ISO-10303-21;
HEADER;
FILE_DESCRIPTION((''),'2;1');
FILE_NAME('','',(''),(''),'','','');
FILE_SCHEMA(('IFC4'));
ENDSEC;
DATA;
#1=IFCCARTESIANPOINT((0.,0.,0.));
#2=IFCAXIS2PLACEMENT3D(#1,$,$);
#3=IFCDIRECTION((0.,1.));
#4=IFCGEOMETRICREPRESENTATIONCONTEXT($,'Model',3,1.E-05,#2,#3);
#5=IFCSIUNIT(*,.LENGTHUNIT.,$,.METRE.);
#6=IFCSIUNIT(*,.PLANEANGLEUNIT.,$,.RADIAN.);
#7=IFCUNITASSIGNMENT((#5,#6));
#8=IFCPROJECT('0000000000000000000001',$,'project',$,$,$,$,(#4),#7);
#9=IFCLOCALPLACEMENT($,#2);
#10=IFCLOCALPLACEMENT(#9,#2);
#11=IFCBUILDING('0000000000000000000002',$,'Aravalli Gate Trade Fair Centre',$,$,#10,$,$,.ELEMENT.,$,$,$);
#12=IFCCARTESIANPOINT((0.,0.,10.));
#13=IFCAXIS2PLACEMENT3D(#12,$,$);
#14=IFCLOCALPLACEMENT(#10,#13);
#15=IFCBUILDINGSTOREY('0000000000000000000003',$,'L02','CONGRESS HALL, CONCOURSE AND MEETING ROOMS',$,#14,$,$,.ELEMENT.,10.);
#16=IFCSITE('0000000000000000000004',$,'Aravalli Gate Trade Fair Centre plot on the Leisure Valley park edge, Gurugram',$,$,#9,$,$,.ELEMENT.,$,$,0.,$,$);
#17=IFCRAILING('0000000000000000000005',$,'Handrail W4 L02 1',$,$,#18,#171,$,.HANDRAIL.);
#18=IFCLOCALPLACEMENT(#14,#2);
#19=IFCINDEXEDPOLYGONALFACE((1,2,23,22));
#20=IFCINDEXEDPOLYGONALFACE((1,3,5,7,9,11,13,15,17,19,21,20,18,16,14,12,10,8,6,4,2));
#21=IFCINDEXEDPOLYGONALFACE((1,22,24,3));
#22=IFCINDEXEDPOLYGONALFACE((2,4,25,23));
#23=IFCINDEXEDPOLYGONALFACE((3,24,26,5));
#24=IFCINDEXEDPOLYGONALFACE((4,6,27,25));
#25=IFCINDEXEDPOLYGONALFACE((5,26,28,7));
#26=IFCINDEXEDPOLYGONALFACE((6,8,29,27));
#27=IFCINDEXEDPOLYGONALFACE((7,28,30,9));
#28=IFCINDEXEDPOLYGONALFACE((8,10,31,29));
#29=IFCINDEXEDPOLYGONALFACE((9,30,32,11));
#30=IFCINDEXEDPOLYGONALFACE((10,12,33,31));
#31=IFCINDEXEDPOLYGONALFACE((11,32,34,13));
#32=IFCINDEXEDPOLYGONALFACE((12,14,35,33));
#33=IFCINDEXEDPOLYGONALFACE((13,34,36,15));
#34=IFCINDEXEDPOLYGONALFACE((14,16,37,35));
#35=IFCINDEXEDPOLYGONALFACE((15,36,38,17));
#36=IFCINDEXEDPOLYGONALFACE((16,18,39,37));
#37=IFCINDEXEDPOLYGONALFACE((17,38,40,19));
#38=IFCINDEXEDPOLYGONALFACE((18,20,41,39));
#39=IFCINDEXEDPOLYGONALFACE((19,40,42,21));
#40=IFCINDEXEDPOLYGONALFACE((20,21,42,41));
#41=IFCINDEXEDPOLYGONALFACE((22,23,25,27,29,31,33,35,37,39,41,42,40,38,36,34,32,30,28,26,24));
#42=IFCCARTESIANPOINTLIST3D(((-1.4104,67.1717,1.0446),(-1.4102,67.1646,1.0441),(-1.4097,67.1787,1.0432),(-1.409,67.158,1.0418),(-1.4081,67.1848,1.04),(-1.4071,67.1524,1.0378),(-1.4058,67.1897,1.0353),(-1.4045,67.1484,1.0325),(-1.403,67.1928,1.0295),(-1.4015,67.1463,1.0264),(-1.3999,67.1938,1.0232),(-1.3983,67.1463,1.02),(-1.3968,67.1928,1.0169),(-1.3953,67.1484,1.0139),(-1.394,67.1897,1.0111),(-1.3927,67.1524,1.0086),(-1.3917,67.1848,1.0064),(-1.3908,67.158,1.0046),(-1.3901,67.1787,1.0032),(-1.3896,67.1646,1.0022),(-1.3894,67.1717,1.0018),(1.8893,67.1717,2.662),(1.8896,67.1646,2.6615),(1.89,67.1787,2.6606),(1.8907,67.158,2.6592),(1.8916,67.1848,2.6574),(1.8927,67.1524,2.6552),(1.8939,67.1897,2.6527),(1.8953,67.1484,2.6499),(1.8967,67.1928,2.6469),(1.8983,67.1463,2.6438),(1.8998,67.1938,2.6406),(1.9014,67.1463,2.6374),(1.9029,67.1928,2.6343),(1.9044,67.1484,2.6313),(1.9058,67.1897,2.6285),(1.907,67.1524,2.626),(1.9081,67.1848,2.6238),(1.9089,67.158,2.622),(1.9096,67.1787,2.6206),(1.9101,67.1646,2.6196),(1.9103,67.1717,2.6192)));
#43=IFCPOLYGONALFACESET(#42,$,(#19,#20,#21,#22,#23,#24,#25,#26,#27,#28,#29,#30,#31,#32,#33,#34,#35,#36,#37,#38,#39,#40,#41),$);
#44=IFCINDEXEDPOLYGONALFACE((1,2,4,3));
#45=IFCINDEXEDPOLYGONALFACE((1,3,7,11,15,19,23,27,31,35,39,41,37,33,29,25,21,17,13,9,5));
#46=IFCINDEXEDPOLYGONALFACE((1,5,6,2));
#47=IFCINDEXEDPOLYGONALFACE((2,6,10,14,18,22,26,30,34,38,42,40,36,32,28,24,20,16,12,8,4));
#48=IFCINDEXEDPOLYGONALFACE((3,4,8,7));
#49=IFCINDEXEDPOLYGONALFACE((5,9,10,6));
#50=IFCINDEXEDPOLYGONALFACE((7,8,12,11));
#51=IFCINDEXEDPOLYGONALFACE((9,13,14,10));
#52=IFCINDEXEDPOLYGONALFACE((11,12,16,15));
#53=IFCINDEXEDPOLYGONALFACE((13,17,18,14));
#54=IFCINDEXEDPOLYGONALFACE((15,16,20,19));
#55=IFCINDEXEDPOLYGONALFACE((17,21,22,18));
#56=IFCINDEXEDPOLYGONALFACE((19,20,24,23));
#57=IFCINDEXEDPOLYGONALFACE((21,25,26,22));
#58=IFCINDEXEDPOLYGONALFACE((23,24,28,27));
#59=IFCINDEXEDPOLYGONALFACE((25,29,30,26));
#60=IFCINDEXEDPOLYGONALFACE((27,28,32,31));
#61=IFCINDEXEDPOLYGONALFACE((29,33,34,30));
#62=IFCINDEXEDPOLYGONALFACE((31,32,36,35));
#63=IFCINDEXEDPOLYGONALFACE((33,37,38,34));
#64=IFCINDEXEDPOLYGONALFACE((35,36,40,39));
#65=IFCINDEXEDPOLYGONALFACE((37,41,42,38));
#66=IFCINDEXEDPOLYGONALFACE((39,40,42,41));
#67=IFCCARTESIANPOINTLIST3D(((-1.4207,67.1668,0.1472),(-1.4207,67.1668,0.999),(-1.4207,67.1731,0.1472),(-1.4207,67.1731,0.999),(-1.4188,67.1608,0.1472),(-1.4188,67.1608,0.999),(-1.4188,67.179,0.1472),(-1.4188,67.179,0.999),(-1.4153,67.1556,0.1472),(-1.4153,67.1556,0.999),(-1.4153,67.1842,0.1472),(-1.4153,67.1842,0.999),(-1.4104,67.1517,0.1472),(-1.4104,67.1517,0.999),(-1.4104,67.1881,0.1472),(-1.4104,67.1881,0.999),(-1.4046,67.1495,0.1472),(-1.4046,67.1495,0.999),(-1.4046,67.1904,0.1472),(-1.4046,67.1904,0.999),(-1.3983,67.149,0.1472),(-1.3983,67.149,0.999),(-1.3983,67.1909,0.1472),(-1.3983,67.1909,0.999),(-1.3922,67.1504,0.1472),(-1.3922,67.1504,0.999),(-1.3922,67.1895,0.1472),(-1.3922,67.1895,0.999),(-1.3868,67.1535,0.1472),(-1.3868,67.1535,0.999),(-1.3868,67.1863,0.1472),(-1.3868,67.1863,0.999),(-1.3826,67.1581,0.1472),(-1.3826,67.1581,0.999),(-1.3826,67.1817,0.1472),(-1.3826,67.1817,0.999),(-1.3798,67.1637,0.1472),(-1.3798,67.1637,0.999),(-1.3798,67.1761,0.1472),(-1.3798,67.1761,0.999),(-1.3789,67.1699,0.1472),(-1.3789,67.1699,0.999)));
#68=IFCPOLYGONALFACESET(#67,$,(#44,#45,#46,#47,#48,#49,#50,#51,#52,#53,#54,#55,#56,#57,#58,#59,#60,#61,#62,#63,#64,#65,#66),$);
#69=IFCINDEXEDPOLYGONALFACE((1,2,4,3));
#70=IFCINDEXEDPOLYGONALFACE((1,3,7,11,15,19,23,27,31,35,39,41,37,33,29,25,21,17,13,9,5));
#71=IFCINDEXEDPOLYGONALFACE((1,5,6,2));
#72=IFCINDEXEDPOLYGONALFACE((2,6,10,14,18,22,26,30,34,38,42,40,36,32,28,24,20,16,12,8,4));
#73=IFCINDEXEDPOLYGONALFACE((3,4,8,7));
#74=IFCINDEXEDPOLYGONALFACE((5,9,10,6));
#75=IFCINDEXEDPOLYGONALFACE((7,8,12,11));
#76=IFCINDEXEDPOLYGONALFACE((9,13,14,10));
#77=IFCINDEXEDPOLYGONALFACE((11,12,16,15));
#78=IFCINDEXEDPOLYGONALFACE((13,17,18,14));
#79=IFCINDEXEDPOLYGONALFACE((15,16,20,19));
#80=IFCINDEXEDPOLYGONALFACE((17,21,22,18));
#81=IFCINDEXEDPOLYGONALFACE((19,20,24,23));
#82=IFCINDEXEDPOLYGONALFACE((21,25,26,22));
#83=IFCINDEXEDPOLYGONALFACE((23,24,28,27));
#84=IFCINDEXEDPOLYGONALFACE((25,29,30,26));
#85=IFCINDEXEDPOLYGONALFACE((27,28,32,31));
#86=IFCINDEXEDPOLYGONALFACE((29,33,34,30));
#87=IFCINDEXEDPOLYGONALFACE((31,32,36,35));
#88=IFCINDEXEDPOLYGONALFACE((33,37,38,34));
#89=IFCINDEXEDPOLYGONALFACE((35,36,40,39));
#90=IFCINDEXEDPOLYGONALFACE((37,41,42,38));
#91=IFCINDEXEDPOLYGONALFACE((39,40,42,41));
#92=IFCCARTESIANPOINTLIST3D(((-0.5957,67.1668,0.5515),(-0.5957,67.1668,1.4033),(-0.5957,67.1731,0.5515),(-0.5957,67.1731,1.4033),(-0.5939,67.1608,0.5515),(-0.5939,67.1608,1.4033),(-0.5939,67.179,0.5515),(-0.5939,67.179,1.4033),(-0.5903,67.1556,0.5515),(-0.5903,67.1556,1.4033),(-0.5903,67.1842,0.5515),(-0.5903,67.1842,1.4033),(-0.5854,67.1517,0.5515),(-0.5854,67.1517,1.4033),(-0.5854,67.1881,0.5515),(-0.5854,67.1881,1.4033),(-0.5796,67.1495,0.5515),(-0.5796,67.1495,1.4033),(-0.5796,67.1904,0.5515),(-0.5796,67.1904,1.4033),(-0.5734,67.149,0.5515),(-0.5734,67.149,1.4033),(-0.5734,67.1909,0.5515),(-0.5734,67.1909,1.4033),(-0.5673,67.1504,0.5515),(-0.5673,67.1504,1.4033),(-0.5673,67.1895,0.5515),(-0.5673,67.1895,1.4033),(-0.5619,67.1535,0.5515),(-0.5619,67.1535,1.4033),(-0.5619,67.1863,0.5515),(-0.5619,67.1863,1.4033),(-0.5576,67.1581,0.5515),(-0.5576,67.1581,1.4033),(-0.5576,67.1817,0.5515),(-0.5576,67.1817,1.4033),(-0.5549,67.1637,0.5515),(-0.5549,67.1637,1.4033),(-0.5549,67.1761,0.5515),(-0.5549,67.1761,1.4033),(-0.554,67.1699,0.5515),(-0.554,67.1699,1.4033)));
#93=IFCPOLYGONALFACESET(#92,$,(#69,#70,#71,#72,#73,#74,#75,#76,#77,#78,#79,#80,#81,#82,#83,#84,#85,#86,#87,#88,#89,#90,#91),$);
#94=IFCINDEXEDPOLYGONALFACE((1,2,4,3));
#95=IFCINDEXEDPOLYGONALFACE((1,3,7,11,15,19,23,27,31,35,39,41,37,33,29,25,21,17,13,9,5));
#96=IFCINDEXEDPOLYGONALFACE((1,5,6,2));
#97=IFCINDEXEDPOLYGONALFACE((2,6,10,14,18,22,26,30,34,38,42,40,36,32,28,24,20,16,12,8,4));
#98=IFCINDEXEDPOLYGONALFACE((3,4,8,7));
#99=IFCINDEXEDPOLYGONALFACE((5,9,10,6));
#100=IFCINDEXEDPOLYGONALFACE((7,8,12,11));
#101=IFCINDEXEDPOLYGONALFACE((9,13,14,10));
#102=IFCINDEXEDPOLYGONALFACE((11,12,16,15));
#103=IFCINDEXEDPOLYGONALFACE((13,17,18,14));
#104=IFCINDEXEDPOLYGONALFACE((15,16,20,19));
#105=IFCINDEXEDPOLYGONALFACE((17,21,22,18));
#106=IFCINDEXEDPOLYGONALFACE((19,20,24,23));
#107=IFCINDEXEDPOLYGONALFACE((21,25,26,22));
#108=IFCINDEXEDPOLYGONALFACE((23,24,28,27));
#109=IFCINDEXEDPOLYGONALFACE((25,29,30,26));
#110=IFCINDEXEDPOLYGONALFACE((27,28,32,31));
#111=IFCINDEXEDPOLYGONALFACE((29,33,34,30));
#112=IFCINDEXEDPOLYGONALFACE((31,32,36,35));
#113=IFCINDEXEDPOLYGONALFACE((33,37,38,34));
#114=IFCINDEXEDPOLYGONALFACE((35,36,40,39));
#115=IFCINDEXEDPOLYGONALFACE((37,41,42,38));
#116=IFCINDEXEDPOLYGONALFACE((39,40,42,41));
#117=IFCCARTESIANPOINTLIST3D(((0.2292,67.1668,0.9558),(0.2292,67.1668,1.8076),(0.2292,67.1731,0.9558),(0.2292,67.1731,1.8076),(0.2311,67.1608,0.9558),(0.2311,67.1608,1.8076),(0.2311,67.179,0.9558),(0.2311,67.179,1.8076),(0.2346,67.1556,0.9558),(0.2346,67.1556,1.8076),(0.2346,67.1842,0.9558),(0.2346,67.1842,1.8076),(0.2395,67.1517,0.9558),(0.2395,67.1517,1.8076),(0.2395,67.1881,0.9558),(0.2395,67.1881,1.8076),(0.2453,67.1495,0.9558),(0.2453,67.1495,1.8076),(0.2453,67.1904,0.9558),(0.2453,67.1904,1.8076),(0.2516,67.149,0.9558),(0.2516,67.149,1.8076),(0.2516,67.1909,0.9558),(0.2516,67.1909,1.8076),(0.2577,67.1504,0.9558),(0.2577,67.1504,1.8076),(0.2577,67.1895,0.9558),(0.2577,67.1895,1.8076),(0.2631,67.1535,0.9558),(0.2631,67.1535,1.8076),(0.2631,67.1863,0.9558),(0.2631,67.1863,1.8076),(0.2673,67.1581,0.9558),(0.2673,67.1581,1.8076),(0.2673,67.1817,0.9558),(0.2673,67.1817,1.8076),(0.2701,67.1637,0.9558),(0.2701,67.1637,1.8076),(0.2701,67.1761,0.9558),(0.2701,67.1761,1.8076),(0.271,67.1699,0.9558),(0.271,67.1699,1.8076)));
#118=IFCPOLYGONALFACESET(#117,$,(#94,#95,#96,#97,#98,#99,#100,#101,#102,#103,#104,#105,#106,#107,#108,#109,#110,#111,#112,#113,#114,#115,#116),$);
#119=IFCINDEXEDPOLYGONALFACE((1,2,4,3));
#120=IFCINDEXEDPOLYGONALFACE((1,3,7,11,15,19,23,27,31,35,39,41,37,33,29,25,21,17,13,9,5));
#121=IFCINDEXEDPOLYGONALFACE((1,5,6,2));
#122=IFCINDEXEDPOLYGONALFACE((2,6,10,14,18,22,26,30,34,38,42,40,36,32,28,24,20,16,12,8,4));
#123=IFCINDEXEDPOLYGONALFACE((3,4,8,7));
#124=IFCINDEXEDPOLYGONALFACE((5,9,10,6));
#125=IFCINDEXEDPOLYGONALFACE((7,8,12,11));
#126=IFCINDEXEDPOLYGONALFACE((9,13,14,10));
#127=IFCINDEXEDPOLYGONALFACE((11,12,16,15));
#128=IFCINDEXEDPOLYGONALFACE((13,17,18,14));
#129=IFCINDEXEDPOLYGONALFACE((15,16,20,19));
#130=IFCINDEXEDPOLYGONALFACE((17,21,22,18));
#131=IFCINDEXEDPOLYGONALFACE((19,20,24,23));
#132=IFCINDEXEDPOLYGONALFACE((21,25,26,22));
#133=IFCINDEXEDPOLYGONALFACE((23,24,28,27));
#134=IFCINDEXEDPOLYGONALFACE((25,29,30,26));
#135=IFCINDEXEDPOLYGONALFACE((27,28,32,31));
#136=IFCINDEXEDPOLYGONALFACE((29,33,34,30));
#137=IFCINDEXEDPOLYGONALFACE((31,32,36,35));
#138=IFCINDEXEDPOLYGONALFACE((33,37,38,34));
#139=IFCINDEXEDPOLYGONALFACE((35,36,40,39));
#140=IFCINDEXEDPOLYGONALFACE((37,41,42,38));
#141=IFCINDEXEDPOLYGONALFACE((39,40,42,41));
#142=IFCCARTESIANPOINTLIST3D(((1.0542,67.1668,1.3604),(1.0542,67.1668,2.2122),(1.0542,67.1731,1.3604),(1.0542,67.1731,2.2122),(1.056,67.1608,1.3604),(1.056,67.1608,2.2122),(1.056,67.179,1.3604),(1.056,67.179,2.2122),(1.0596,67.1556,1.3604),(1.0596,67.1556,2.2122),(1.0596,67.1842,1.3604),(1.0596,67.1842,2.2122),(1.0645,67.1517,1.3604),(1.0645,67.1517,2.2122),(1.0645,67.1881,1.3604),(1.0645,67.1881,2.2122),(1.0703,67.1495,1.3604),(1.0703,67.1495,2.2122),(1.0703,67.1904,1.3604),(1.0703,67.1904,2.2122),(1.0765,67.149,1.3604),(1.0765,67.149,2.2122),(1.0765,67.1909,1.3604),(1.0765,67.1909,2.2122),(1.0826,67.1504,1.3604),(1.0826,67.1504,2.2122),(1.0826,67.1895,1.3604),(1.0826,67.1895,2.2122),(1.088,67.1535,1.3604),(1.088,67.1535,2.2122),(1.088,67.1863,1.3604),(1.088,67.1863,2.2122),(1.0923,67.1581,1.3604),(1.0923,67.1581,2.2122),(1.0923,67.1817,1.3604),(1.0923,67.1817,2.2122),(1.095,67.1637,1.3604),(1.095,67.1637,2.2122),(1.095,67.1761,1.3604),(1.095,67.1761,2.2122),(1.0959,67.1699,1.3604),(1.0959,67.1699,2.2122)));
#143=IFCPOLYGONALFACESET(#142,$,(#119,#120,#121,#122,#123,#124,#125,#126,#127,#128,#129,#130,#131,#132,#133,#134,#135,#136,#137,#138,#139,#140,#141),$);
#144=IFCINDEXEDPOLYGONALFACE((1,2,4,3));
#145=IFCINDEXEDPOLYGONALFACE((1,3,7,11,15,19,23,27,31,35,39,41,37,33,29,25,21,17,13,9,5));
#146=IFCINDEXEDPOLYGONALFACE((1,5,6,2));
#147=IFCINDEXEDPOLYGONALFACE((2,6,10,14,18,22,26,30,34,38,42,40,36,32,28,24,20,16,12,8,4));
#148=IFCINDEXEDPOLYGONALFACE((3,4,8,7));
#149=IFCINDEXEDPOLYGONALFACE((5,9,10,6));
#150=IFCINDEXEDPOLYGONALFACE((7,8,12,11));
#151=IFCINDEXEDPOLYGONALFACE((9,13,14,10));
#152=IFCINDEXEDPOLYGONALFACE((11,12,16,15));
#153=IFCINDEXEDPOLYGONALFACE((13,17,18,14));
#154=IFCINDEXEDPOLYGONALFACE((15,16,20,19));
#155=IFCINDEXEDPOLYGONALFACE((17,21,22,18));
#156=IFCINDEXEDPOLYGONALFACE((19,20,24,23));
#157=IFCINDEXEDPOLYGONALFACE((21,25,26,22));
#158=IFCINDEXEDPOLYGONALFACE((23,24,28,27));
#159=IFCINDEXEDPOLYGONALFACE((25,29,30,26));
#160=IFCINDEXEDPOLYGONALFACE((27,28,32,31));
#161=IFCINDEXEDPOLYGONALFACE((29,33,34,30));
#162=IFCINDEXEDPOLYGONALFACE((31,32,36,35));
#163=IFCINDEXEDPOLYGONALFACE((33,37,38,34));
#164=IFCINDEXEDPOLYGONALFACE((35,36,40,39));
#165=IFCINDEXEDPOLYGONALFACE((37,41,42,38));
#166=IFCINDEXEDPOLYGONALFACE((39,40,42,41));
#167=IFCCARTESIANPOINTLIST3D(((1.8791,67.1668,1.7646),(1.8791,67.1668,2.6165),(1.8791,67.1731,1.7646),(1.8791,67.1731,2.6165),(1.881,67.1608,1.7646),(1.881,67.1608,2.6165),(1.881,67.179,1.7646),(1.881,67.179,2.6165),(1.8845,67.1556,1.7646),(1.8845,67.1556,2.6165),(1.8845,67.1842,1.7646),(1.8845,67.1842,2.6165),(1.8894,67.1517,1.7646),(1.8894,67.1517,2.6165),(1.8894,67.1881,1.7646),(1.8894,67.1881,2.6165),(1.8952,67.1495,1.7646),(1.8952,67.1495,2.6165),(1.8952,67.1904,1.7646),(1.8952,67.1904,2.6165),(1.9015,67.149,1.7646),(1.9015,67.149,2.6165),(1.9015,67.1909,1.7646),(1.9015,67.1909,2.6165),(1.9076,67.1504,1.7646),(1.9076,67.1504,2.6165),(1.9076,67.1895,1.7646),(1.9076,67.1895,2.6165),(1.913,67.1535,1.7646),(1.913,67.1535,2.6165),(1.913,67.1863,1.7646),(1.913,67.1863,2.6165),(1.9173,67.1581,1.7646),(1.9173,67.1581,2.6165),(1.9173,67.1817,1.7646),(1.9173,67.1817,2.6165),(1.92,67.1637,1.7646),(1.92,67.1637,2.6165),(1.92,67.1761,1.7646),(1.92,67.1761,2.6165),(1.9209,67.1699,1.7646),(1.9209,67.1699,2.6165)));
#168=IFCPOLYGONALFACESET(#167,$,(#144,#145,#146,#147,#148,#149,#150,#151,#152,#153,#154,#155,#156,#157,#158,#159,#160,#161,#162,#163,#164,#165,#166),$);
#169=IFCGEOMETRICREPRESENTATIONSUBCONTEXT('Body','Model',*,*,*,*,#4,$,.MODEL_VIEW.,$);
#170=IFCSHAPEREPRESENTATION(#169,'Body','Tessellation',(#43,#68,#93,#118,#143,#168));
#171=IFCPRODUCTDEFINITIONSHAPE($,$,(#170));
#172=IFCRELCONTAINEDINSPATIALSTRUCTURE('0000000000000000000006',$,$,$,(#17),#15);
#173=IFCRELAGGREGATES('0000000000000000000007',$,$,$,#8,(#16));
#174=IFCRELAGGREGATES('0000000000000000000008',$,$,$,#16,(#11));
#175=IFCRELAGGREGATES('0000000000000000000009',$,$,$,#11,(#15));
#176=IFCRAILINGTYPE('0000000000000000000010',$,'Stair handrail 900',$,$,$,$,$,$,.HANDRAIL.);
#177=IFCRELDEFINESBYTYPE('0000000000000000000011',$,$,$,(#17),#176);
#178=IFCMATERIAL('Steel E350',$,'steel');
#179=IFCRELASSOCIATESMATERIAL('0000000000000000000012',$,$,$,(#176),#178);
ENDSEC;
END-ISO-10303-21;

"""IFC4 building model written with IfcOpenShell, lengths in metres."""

from ifc_helpers import new_model, si_unit, direction, frame, origin, origin_2d, place, context, subcontext, project, spatial, circle, extrude, material, type_object, element, save


model = new_model("IFC4")

# Units and contexts
model_context = context("Model", 3, precision=1e-05, world=origin(), true_north=direction((0.0, 1.0)))
body_context = subcontext(model_context, "Body", "Model", "MODEL_VIEW")
ifc_project = project(units=[si_unit("LENGTHUNIT", "METRE"), si_unit("PLANEANGLEUNIT", "RADIAN")], contexts=[model_context])

# Site, building, storey
site_placement = place(None, origin())
site = spatial("IfcSite", under=ifc_project, at=site_placement, Name="Aravalli Gate Trade Fair Centre plot on the Leisure Valley park edge, Gurugram", CompositionType="ELEMENT", RefElevation=0.0)
building_placement = place(site_placement, origin())
building = spatial("IfcBuilding", under=site, at=building_placement, Name="Aravalli Gate Trade Fair Centre", CompositionType="ELEMENT")
storey_placement = place(building_placement, frame((0.0, 0.0, 10.0)))
storey = spatial("IfcBuildingStorey", under=building, at=storey_placement, Name="L02", Description="CONGRESS HALL, CONCOURSE AND MEETING ROOMS", CompositionType="ELEMENT", Elevation=10.0)

# Shared definitions
ifc_material_1 = material(Name="Steel E350", Category="steel")

# Railing
railing_type_1 = type_object("IfcRailingType", Name="Stair handrail 900", PredefinedType="HANDRAIL", material=ifc_material_1)
for number, where, name in (
    (1, (-1.3999, 67.1699, 0.1472), "Handrail W4 L02 1"),
):
    element("IfcRailing", number, at=place(storey_placement, frame(where)), inside=storey, type_object=railing_type_1, Name=name, PredefinedType="HANDRAIL", context=body_context, shape_type="SweptSolid", body=[
        extrude(circle(Radius=0.0239, at=origin_2d()), frame((0.0, 0.0, 0.876), z_axis=(0.897934, 0.0, 0.440131), x_axis=(0.0, 1.0, 0.0)), (0.0, 0.0, 1.0), 3.6748),
        extrude(circle(Radius=0.021, at=origin_2d()), origin(), (0.0, 0.0, 1.0), 0.8518),
        extrude(circle(Radius=0.021, at=origin_2d()), frame((0.825, 0.0, 0.4043)), (0.0, 0.0, 1.0), 0.8518),
        extrude(circle(Radius=0.021, at=origin_2d()), frame((1.6499, 0.0, 0.8086)), (0.0, 0.0, 1.0), 0.8518),
        extrude(circle(Radius=0.021, at=origin_2d()), frame((2.4749, 0.0, 1.2131)), (0.0, 0.0, 1.0), 0.8518),
        extrude(circle(Radius=0.021, at=origin_2d()), frame((3.2998, 0.0, 1.6174)), (0.0, 0.0, 1.0), 0.8518),
    ])

save(model, "model.ifc")
